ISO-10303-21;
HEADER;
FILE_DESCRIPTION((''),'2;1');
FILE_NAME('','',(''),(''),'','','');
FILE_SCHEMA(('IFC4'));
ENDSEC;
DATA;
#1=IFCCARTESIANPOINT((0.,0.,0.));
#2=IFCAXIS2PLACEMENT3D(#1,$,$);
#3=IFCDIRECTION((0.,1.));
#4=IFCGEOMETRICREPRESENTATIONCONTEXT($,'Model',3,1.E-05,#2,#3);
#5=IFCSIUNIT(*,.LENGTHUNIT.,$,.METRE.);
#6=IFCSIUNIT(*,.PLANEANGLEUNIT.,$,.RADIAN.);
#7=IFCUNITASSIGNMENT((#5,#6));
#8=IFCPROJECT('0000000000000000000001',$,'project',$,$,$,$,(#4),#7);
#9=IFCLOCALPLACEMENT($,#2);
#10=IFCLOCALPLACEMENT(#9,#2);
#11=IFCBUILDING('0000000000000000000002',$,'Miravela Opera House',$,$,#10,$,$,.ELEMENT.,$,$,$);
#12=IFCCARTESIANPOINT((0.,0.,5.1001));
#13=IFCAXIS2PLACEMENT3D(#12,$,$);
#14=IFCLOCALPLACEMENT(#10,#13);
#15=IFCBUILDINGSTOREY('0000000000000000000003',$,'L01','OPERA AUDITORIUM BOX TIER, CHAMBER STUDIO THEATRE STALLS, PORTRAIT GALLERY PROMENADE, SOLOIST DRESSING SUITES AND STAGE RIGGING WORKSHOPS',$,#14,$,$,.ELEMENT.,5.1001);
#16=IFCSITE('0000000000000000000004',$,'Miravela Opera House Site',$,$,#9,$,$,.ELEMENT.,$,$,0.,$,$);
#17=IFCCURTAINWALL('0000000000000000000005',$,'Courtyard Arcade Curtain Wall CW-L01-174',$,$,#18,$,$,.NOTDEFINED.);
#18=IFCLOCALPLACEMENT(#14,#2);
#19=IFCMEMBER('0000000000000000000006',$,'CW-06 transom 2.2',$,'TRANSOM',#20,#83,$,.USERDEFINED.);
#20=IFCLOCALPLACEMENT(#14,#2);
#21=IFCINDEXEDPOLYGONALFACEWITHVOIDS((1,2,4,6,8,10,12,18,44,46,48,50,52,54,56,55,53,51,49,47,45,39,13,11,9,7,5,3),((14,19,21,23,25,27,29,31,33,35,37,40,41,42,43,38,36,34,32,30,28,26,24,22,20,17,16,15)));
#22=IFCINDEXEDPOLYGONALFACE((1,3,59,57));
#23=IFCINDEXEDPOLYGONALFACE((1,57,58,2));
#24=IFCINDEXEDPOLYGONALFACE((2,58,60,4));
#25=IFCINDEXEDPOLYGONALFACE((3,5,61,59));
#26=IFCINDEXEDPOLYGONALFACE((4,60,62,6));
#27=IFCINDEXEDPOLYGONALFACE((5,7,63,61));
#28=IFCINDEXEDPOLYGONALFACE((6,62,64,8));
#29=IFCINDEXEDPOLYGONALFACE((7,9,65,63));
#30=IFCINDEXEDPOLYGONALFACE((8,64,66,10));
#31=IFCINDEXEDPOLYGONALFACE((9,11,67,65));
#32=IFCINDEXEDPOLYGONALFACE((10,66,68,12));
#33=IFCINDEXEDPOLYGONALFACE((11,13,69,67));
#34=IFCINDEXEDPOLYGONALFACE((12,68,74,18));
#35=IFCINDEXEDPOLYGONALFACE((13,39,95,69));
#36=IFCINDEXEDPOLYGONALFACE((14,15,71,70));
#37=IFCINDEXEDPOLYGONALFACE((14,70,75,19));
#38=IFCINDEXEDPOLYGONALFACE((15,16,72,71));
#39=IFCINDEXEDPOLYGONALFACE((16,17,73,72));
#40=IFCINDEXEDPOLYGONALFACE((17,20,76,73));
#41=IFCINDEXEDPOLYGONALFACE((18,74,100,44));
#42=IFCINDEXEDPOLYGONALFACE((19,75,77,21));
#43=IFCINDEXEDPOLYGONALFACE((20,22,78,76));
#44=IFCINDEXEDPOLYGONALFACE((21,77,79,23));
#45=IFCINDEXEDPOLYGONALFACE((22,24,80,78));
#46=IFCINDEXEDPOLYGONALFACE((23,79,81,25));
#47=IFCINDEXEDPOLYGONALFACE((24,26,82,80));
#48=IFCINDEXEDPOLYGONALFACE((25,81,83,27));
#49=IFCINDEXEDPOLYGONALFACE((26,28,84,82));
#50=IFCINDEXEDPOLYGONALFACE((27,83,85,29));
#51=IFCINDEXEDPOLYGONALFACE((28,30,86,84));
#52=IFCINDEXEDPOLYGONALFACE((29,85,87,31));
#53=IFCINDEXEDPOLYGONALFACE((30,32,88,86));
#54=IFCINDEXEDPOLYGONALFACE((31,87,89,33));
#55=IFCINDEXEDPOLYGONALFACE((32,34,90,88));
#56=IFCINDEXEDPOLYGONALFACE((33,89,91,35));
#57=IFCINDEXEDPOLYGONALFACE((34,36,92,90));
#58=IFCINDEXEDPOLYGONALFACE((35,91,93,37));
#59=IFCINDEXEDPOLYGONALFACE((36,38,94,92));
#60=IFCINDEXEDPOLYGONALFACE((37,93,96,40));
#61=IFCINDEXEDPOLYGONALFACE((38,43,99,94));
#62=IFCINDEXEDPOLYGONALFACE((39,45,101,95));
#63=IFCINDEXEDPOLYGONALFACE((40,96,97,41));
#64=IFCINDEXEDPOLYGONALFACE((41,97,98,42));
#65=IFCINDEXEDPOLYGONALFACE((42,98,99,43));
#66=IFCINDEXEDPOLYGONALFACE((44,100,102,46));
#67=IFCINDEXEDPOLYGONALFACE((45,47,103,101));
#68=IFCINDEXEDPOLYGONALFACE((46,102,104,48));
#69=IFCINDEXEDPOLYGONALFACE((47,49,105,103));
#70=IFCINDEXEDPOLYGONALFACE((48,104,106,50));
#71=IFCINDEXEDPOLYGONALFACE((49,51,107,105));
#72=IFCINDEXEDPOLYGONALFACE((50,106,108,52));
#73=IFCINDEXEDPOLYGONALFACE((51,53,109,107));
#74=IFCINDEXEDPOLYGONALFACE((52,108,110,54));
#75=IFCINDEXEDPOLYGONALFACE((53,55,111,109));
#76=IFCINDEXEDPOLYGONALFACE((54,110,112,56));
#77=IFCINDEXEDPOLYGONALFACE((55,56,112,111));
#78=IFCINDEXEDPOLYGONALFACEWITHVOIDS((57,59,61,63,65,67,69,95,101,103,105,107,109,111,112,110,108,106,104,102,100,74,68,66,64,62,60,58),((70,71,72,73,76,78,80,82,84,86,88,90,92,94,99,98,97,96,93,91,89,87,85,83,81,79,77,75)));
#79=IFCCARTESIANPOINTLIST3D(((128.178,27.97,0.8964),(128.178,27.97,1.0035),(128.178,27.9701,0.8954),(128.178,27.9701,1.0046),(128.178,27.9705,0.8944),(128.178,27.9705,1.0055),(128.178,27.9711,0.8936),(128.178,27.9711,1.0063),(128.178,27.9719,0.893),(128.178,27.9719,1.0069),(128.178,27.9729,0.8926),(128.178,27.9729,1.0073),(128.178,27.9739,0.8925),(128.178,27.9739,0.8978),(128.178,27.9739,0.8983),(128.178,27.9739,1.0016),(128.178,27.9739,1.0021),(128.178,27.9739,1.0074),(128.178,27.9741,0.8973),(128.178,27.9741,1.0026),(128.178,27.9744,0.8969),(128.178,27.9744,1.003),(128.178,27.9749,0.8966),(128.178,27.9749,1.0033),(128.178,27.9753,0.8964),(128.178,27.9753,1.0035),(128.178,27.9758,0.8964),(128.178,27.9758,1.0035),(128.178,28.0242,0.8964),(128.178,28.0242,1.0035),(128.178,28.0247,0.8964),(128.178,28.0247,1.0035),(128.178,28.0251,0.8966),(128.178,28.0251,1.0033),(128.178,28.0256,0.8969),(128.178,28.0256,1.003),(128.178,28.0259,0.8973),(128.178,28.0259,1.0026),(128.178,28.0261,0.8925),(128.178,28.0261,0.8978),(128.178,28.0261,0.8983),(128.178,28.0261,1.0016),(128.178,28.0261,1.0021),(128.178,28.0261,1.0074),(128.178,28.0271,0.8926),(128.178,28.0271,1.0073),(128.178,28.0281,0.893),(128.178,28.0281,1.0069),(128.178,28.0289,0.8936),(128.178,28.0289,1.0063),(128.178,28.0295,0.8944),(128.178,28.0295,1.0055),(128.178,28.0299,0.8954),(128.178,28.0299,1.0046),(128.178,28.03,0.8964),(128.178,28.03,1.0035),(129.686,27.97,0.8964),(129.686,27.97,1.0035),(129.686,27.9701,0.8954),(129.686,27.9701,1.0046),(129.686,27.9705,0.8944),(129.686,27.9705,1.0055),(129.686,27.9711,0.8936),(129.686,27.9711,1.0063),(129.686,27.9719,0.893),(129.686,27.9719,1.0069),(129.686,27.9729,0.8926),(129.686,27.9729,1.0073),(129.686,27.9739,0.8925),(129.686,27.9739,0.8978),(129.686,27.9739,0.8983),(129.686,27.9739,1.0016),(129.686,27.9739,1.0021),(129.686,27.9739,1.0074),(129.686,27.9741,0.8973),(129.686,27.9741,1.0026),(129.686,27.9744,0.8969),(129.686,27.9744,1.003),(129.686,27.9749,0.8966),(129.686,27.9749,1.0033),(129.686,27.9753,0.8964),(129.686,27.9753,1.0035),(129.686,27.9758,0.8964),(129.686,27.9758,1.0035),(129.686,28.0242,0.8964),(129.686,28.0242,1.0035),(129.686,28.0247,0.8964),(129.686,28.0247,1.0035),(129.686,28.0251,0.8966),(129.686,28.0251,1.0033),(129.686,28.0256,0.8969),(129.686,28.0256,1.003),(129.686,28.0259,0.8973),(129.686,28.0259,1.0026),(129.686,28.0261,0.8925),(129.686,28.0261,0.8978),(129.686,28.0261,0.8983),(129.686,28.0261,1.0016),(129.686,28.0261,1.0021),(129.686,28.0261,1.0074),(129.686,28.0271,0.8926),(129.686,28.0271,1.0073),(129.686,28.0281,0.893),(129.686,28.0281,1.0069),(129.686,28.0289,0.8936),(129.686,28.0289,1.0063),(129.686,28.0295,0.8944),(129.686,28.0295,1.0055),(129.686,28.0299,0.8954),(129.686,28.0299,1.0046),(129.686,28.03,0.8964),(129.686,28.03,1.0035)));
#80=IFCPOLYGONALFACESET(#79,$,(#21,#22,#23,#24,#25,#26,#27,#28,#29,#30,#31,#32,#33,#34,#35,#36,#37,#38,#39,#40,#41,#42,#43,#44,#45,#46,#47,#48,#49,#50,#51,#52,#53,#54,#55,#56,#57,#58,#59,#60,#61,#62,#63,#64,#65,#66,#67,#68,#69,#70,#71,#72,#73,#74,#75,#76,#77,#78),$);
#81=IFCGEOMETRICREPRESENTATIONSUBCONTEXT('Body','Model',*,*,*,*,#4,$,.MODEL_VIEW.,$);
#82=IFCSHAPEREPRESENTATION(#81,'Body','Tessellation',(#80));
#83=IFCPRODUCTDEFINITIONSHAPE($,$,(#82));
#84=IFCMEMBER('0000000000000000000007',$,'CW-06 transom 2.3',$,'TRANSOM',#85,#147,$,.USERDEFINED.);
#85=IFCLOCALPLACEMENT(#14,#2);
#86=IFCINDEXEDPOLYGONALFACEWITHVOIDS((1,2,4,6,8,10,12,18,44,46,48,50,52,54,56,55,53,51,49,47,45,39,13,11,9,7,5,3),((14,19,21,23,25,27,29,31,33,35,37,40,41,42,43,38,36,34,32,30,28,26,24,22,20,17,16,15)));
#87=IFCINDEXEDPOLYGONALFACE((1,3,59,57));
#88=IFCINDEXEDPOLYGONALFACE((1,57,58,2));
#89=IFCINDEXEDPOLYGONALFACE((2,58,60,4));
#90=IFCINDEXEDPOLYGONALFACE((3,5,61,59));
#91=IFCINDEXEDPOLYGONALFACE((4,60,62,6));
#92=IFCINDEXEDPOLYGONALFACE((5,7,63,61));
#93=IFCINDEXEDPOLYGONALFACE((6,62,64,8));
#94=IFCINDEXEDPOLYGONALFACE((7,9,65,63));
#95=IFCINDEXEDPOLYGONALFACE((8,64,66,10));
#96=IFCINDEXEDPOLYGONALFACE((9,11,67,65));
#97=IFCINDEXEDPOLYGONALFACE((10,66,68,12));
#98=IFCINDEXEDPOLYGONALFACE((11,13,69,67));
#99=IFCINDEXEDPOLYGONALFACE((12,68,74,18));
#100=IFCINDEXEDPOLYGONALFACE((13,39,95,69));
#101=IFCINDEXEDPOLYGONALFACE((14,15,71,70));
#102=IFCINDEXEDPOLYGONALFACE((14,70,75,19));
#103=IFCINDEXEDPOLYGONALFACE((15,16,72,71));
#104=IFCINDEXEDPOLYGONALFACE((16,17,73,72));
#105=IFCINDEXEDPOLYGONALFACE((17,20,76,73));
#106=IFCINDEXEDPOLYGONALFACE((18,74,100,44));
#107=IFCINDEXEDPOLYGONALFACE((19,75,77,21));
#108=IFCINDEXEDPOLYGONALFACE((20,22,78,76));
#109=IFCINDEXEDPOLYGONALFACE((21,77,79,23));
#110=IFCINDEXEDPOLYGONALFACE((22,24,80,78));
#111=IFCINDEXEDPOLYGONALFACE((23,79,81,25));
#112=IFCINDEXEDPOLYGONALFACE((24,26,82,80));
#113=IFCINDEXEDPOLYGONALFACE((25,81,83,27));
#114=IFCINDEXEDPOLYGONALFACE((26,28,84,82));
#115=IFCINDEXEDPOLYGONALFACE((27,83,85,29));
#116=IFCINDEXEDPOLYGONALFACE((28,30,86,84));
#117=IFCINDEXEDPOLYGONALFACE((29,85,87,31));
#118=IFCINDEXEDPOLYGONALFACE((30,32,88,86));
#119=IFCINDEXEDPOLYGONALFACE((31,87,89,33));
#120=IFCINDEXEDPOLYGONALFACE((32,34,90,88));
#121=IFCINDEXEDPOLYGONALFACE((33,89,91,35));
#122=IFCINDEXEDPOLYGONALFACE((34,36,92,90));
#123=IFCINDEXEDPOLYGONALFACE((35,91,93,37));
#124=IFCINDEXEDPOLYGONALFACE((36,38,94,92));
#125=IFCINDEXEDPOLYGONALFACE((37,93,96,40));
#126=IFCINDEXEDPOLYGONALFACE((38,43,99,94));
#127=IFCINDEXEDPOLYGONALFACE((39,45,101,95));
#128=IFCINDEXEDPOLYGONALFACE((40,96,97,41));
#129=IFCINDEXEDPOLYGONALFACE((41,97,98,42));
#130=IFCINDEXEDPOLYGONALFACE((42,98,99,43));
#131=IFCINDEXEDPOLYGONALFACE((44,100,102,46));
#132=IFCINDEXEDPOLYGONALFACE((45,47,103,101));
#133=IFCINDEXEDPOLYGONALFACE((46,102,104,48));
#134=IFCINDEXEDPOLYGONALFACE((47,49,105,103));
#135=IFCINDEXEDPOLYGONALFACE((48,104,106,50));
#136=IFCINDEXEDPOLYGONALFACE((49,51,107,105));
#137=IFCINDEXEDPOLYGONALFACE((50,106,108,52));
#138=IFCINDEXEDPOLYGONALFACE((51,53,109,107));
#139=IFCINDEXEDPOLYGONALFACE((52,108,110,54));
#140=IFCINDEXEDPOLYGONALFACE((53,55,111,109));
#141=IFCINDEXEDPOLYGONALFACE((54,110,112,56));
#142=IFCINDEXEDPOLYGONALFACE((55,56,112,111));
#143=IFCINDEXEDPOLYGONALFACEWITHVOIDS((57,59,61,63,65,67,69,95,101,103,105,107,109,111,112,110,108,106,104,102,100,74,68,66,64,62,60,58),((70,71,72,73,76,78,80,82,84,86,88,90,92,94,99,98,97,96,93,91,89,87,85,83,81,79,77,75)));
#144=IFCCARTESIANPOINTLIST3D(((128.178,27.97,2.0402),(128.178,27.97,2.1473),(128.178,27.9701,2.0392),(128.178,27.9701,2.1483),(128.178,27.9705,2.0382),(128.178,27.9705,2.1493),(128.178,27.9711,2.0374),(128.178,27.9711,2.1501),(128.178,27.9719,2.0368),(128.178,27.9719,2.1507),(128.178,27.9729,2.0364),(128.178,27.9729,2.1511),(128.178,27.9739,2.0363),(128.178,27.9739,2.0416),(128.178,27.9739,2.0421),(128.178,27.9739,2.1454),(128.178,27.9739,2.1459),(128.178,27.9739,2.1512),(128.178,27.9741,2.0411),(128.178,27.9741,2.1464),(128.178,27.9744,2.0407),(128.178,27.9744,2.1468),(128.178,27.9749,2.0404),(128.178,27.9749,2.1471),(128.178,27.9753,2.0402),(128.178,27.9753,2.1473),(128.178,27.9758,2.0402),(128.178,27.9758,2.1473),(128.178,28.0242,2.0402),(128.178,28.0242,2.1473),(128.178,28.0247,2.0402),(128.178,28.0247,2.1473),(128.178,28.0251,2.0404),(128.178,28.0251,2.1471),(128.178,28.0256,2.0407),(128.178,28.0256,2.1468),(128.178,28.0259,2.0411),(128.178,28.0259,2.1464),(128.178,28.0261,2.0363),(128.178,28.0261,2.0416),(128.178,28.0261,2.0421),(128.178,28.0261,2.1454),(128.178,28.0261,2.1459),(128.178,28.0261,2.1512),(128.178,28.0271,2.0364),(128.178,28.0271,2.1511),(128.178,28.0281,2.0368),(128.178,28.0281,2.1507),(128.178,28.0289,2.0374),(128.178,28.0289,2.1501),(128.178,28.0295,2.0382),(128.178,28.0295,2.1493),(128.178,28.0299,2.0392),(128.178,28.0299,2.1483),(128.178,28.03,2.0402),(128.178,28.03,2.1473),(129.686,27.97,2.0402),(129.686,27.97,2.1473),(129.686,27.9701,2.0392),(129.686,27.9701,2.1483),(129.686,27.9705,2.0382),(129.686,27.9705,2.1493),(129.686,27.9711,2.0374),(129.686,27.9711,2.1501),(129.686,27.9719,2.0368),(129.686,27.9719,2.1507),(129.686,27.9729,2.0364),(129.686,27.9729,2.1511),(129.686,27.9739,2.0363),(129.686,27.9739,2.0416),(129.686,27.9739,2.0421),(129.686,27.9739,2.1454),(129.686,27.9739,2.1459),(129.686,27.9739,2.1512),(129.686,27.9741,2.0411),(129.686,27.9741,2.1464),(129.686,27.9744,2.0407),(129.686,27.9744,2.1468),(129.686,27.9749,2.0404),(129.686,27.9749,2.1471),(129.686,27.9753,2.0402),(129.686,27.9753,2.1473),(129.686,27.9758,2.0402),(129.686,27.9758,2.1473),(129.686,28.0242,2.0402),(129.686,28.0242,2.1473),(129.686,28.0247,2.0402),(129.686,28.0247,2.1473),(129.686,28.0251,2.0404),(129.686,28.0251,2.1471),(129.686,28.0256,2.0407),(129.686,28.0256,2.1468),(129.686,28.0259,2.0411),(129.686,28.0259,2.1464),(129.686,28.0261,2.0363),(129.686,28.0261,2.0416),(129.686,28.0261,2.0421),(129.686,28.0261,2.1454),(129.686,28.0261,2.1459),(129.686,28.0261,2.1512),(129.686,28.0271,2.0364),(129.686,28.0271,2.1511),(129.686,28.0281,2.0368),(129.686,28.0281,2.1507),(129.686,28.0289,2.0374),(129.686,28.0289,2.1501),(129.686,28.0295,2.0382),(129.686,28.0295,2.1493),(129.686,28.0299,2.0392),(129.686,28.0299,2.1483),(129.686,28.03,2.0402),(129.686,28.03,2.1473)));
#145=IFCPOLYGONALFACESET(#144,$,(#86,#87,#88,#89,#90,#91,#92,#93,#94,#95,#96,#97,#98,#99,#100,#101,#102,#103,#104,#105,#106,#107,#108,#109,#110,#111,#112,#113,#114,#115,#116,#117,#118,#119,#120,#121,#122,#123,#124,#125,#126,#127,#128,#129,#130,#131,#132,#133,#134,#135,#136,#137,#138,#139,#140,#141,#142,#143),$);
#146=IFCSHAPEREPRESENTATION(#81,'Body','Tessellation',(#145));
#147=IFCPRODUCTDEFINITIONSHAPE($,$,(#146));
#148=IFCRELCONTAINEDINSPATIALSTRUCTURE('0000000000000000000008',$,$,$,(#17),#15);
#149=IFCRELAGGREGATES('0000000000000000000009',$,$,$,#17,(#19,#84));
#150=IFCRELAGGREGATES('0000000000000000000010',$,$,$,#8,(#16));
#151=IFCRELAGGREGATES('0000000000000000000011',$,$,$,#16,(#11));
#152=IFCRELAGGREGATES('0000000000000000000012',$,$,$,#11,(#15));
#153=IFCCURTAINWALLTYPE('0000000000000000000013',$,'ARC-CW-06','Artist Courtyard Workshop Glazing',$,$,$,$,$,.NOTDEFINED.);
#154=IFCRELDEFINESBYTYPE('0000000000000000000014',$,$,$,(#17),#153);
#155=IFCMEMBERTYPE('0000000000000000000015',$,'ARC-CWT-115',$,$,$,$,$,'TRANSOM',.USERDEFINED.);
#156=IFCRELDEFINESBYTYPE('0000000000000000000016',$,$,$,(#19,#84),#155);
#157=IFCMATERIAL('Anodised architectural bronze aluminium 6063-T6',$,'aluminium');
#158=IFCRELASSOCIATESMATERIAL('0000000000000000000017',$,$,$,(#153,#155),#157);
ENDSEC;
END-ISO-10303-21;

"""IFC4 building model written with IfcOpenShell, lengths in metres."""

from ifc_helpers import new_model, si_unit, direction, frame, origin, origin_2d, place, context, subcontext, project, spatial, hollow_rectangle, extrude, material, material_profile, profile_set, type_object, element, aggregate, save


model = new_model("IFC4")

# Units and contexts
model_context = context("Model", 3, precision=1e-05, world=origin(), true_north=direction((0.0, 1.0)))
body_context = subcontext(model_context, "Body", "Model", "MODEL_VIEW")
ifc_project = project(units=[si_unit("LENGTHUNIT", "METRE"), si_unit("PLANEANGLEUNIT", "RADIAN")], contexts=[model_context])

# Site, building, storey
site_placement = place(None, origin())
site = spatial("IfcSite", under=ifc_project, at=site_placement, Name="Miravela Opera House Site", CompositionType="ELEMENT", RefElevation=0.0)
building_placement = place(site_placement, origin())
building = spatial("IfcBuilding", under=site, at=building_placement, Name="Miravela Opera House", CompositionType="ELEMENT")
storey_placement = place(building_placement, frame((0.0, 0.0, 5.1001)))
storey = spatial("IfcBuildingStorey", under=building, at=storey_placement, Name="L01", Description="OPERA AUDITORIUM BOX TIER, CHAMBER STUDIO THEATRE STALLS, PORTRAIT GALLERY PROMENADE, SOLOIST DRESSING SUITES AND STAGE RIGGING WORKSHOPS", CompositionType="ELEMENT", Elevation=5.1001)

# Shared definitions
ifc_material_1 = material(Name="Anodised architectural bronze aluminium 6063-T6", Category="aluminium")
curtain_wall_type = type_object("IfcCurtainWallType", Name="ARC-CW-06", Description="Artist Courtyard Workshop Glazing", PredefinedType="NOTDEFINED", material=ifc_material_1)

# Curtain wall
curtain_wall_1_placement = place(storey_placement, origin())
curtain_wall_1 = element("IfcCurtainWall", 1, at=curtain_wall_1_placement, inside=storey, type_object=curtain_wall_type, Name="Courtyard Arcade Curtain Wall CW-L01-174", PredefinedType="NOTDEFINED")

# Members
ifc_material_profile_1 = material_profile(ifc_material_1, hollow_rectangle(XDim=0.0601, YDim=0.115, WallThickness=0.0039, InnerFilletRadius=0.002, OuterFilletRadius=0.0039, at=origin_2d()), Name="CWT-60X115")
ifc_profile_set_1 = profile_set([ifc_material_profile_1])
member_type_1 = type_object("IfcMemberType", Name="ARC-CWT-115", ElementType="TRANSOM", PredefinedType="USERDEFINED", material=ifc_profile_set_1)
member_1_placement = place(storey_placement, frame((128.178, 28.0, 0.95), z_axis=(1.0, 0.0, 0.0), x_axis=(0.0, 1.0, 0.0)))
member_1 = element("IfcMember", 2, at=member_1_placement, type_object=member_type_1, Name="CW-06 transom 2.2", ObjectType="TRANSOM", PredefinedType="USERDEFINED", context=body_context, shape_type="SweptSolid", body=[
    extrude(hollow_rectangle(XDim=0.0601, YDim=0.115, WallThickness=0.0039, InnerFilletRadius=0.002, OuterFilletRadius=0.0039, at=origin_2d()), origin(), (0.0, 0.0, 1.0), 1.5081),
])
member_2_placement = place(storey_placement, frame((128.178, 28.0, 2.0938), z_axis=(1.0, 0.0, 0.0), x_axis=(0.0, 1.0, 0.0)))
member_2 = element("IfcMember", 3, at=member_2_placement, type_object=member_type_1, Name="CW-06 transom 2.3", ObjectType="TRANSOM", PredefinedType="USERDEFINED", context=body_context, shape_type="SweptSolid", body=[
    extrude(hollow_rectangle(XDim=0.0601, YDim=0.115, WallThickness=0.0039, InnerFilletRadius=0.002, OuterFilletRadius=0.0039, at=origin_2d()), origin(), (0.0, 0.0, 1.0), 1.5081),
])

aggregate(curtain_wall_1, [member_1, member_2])

save(model, "model.ifc")
